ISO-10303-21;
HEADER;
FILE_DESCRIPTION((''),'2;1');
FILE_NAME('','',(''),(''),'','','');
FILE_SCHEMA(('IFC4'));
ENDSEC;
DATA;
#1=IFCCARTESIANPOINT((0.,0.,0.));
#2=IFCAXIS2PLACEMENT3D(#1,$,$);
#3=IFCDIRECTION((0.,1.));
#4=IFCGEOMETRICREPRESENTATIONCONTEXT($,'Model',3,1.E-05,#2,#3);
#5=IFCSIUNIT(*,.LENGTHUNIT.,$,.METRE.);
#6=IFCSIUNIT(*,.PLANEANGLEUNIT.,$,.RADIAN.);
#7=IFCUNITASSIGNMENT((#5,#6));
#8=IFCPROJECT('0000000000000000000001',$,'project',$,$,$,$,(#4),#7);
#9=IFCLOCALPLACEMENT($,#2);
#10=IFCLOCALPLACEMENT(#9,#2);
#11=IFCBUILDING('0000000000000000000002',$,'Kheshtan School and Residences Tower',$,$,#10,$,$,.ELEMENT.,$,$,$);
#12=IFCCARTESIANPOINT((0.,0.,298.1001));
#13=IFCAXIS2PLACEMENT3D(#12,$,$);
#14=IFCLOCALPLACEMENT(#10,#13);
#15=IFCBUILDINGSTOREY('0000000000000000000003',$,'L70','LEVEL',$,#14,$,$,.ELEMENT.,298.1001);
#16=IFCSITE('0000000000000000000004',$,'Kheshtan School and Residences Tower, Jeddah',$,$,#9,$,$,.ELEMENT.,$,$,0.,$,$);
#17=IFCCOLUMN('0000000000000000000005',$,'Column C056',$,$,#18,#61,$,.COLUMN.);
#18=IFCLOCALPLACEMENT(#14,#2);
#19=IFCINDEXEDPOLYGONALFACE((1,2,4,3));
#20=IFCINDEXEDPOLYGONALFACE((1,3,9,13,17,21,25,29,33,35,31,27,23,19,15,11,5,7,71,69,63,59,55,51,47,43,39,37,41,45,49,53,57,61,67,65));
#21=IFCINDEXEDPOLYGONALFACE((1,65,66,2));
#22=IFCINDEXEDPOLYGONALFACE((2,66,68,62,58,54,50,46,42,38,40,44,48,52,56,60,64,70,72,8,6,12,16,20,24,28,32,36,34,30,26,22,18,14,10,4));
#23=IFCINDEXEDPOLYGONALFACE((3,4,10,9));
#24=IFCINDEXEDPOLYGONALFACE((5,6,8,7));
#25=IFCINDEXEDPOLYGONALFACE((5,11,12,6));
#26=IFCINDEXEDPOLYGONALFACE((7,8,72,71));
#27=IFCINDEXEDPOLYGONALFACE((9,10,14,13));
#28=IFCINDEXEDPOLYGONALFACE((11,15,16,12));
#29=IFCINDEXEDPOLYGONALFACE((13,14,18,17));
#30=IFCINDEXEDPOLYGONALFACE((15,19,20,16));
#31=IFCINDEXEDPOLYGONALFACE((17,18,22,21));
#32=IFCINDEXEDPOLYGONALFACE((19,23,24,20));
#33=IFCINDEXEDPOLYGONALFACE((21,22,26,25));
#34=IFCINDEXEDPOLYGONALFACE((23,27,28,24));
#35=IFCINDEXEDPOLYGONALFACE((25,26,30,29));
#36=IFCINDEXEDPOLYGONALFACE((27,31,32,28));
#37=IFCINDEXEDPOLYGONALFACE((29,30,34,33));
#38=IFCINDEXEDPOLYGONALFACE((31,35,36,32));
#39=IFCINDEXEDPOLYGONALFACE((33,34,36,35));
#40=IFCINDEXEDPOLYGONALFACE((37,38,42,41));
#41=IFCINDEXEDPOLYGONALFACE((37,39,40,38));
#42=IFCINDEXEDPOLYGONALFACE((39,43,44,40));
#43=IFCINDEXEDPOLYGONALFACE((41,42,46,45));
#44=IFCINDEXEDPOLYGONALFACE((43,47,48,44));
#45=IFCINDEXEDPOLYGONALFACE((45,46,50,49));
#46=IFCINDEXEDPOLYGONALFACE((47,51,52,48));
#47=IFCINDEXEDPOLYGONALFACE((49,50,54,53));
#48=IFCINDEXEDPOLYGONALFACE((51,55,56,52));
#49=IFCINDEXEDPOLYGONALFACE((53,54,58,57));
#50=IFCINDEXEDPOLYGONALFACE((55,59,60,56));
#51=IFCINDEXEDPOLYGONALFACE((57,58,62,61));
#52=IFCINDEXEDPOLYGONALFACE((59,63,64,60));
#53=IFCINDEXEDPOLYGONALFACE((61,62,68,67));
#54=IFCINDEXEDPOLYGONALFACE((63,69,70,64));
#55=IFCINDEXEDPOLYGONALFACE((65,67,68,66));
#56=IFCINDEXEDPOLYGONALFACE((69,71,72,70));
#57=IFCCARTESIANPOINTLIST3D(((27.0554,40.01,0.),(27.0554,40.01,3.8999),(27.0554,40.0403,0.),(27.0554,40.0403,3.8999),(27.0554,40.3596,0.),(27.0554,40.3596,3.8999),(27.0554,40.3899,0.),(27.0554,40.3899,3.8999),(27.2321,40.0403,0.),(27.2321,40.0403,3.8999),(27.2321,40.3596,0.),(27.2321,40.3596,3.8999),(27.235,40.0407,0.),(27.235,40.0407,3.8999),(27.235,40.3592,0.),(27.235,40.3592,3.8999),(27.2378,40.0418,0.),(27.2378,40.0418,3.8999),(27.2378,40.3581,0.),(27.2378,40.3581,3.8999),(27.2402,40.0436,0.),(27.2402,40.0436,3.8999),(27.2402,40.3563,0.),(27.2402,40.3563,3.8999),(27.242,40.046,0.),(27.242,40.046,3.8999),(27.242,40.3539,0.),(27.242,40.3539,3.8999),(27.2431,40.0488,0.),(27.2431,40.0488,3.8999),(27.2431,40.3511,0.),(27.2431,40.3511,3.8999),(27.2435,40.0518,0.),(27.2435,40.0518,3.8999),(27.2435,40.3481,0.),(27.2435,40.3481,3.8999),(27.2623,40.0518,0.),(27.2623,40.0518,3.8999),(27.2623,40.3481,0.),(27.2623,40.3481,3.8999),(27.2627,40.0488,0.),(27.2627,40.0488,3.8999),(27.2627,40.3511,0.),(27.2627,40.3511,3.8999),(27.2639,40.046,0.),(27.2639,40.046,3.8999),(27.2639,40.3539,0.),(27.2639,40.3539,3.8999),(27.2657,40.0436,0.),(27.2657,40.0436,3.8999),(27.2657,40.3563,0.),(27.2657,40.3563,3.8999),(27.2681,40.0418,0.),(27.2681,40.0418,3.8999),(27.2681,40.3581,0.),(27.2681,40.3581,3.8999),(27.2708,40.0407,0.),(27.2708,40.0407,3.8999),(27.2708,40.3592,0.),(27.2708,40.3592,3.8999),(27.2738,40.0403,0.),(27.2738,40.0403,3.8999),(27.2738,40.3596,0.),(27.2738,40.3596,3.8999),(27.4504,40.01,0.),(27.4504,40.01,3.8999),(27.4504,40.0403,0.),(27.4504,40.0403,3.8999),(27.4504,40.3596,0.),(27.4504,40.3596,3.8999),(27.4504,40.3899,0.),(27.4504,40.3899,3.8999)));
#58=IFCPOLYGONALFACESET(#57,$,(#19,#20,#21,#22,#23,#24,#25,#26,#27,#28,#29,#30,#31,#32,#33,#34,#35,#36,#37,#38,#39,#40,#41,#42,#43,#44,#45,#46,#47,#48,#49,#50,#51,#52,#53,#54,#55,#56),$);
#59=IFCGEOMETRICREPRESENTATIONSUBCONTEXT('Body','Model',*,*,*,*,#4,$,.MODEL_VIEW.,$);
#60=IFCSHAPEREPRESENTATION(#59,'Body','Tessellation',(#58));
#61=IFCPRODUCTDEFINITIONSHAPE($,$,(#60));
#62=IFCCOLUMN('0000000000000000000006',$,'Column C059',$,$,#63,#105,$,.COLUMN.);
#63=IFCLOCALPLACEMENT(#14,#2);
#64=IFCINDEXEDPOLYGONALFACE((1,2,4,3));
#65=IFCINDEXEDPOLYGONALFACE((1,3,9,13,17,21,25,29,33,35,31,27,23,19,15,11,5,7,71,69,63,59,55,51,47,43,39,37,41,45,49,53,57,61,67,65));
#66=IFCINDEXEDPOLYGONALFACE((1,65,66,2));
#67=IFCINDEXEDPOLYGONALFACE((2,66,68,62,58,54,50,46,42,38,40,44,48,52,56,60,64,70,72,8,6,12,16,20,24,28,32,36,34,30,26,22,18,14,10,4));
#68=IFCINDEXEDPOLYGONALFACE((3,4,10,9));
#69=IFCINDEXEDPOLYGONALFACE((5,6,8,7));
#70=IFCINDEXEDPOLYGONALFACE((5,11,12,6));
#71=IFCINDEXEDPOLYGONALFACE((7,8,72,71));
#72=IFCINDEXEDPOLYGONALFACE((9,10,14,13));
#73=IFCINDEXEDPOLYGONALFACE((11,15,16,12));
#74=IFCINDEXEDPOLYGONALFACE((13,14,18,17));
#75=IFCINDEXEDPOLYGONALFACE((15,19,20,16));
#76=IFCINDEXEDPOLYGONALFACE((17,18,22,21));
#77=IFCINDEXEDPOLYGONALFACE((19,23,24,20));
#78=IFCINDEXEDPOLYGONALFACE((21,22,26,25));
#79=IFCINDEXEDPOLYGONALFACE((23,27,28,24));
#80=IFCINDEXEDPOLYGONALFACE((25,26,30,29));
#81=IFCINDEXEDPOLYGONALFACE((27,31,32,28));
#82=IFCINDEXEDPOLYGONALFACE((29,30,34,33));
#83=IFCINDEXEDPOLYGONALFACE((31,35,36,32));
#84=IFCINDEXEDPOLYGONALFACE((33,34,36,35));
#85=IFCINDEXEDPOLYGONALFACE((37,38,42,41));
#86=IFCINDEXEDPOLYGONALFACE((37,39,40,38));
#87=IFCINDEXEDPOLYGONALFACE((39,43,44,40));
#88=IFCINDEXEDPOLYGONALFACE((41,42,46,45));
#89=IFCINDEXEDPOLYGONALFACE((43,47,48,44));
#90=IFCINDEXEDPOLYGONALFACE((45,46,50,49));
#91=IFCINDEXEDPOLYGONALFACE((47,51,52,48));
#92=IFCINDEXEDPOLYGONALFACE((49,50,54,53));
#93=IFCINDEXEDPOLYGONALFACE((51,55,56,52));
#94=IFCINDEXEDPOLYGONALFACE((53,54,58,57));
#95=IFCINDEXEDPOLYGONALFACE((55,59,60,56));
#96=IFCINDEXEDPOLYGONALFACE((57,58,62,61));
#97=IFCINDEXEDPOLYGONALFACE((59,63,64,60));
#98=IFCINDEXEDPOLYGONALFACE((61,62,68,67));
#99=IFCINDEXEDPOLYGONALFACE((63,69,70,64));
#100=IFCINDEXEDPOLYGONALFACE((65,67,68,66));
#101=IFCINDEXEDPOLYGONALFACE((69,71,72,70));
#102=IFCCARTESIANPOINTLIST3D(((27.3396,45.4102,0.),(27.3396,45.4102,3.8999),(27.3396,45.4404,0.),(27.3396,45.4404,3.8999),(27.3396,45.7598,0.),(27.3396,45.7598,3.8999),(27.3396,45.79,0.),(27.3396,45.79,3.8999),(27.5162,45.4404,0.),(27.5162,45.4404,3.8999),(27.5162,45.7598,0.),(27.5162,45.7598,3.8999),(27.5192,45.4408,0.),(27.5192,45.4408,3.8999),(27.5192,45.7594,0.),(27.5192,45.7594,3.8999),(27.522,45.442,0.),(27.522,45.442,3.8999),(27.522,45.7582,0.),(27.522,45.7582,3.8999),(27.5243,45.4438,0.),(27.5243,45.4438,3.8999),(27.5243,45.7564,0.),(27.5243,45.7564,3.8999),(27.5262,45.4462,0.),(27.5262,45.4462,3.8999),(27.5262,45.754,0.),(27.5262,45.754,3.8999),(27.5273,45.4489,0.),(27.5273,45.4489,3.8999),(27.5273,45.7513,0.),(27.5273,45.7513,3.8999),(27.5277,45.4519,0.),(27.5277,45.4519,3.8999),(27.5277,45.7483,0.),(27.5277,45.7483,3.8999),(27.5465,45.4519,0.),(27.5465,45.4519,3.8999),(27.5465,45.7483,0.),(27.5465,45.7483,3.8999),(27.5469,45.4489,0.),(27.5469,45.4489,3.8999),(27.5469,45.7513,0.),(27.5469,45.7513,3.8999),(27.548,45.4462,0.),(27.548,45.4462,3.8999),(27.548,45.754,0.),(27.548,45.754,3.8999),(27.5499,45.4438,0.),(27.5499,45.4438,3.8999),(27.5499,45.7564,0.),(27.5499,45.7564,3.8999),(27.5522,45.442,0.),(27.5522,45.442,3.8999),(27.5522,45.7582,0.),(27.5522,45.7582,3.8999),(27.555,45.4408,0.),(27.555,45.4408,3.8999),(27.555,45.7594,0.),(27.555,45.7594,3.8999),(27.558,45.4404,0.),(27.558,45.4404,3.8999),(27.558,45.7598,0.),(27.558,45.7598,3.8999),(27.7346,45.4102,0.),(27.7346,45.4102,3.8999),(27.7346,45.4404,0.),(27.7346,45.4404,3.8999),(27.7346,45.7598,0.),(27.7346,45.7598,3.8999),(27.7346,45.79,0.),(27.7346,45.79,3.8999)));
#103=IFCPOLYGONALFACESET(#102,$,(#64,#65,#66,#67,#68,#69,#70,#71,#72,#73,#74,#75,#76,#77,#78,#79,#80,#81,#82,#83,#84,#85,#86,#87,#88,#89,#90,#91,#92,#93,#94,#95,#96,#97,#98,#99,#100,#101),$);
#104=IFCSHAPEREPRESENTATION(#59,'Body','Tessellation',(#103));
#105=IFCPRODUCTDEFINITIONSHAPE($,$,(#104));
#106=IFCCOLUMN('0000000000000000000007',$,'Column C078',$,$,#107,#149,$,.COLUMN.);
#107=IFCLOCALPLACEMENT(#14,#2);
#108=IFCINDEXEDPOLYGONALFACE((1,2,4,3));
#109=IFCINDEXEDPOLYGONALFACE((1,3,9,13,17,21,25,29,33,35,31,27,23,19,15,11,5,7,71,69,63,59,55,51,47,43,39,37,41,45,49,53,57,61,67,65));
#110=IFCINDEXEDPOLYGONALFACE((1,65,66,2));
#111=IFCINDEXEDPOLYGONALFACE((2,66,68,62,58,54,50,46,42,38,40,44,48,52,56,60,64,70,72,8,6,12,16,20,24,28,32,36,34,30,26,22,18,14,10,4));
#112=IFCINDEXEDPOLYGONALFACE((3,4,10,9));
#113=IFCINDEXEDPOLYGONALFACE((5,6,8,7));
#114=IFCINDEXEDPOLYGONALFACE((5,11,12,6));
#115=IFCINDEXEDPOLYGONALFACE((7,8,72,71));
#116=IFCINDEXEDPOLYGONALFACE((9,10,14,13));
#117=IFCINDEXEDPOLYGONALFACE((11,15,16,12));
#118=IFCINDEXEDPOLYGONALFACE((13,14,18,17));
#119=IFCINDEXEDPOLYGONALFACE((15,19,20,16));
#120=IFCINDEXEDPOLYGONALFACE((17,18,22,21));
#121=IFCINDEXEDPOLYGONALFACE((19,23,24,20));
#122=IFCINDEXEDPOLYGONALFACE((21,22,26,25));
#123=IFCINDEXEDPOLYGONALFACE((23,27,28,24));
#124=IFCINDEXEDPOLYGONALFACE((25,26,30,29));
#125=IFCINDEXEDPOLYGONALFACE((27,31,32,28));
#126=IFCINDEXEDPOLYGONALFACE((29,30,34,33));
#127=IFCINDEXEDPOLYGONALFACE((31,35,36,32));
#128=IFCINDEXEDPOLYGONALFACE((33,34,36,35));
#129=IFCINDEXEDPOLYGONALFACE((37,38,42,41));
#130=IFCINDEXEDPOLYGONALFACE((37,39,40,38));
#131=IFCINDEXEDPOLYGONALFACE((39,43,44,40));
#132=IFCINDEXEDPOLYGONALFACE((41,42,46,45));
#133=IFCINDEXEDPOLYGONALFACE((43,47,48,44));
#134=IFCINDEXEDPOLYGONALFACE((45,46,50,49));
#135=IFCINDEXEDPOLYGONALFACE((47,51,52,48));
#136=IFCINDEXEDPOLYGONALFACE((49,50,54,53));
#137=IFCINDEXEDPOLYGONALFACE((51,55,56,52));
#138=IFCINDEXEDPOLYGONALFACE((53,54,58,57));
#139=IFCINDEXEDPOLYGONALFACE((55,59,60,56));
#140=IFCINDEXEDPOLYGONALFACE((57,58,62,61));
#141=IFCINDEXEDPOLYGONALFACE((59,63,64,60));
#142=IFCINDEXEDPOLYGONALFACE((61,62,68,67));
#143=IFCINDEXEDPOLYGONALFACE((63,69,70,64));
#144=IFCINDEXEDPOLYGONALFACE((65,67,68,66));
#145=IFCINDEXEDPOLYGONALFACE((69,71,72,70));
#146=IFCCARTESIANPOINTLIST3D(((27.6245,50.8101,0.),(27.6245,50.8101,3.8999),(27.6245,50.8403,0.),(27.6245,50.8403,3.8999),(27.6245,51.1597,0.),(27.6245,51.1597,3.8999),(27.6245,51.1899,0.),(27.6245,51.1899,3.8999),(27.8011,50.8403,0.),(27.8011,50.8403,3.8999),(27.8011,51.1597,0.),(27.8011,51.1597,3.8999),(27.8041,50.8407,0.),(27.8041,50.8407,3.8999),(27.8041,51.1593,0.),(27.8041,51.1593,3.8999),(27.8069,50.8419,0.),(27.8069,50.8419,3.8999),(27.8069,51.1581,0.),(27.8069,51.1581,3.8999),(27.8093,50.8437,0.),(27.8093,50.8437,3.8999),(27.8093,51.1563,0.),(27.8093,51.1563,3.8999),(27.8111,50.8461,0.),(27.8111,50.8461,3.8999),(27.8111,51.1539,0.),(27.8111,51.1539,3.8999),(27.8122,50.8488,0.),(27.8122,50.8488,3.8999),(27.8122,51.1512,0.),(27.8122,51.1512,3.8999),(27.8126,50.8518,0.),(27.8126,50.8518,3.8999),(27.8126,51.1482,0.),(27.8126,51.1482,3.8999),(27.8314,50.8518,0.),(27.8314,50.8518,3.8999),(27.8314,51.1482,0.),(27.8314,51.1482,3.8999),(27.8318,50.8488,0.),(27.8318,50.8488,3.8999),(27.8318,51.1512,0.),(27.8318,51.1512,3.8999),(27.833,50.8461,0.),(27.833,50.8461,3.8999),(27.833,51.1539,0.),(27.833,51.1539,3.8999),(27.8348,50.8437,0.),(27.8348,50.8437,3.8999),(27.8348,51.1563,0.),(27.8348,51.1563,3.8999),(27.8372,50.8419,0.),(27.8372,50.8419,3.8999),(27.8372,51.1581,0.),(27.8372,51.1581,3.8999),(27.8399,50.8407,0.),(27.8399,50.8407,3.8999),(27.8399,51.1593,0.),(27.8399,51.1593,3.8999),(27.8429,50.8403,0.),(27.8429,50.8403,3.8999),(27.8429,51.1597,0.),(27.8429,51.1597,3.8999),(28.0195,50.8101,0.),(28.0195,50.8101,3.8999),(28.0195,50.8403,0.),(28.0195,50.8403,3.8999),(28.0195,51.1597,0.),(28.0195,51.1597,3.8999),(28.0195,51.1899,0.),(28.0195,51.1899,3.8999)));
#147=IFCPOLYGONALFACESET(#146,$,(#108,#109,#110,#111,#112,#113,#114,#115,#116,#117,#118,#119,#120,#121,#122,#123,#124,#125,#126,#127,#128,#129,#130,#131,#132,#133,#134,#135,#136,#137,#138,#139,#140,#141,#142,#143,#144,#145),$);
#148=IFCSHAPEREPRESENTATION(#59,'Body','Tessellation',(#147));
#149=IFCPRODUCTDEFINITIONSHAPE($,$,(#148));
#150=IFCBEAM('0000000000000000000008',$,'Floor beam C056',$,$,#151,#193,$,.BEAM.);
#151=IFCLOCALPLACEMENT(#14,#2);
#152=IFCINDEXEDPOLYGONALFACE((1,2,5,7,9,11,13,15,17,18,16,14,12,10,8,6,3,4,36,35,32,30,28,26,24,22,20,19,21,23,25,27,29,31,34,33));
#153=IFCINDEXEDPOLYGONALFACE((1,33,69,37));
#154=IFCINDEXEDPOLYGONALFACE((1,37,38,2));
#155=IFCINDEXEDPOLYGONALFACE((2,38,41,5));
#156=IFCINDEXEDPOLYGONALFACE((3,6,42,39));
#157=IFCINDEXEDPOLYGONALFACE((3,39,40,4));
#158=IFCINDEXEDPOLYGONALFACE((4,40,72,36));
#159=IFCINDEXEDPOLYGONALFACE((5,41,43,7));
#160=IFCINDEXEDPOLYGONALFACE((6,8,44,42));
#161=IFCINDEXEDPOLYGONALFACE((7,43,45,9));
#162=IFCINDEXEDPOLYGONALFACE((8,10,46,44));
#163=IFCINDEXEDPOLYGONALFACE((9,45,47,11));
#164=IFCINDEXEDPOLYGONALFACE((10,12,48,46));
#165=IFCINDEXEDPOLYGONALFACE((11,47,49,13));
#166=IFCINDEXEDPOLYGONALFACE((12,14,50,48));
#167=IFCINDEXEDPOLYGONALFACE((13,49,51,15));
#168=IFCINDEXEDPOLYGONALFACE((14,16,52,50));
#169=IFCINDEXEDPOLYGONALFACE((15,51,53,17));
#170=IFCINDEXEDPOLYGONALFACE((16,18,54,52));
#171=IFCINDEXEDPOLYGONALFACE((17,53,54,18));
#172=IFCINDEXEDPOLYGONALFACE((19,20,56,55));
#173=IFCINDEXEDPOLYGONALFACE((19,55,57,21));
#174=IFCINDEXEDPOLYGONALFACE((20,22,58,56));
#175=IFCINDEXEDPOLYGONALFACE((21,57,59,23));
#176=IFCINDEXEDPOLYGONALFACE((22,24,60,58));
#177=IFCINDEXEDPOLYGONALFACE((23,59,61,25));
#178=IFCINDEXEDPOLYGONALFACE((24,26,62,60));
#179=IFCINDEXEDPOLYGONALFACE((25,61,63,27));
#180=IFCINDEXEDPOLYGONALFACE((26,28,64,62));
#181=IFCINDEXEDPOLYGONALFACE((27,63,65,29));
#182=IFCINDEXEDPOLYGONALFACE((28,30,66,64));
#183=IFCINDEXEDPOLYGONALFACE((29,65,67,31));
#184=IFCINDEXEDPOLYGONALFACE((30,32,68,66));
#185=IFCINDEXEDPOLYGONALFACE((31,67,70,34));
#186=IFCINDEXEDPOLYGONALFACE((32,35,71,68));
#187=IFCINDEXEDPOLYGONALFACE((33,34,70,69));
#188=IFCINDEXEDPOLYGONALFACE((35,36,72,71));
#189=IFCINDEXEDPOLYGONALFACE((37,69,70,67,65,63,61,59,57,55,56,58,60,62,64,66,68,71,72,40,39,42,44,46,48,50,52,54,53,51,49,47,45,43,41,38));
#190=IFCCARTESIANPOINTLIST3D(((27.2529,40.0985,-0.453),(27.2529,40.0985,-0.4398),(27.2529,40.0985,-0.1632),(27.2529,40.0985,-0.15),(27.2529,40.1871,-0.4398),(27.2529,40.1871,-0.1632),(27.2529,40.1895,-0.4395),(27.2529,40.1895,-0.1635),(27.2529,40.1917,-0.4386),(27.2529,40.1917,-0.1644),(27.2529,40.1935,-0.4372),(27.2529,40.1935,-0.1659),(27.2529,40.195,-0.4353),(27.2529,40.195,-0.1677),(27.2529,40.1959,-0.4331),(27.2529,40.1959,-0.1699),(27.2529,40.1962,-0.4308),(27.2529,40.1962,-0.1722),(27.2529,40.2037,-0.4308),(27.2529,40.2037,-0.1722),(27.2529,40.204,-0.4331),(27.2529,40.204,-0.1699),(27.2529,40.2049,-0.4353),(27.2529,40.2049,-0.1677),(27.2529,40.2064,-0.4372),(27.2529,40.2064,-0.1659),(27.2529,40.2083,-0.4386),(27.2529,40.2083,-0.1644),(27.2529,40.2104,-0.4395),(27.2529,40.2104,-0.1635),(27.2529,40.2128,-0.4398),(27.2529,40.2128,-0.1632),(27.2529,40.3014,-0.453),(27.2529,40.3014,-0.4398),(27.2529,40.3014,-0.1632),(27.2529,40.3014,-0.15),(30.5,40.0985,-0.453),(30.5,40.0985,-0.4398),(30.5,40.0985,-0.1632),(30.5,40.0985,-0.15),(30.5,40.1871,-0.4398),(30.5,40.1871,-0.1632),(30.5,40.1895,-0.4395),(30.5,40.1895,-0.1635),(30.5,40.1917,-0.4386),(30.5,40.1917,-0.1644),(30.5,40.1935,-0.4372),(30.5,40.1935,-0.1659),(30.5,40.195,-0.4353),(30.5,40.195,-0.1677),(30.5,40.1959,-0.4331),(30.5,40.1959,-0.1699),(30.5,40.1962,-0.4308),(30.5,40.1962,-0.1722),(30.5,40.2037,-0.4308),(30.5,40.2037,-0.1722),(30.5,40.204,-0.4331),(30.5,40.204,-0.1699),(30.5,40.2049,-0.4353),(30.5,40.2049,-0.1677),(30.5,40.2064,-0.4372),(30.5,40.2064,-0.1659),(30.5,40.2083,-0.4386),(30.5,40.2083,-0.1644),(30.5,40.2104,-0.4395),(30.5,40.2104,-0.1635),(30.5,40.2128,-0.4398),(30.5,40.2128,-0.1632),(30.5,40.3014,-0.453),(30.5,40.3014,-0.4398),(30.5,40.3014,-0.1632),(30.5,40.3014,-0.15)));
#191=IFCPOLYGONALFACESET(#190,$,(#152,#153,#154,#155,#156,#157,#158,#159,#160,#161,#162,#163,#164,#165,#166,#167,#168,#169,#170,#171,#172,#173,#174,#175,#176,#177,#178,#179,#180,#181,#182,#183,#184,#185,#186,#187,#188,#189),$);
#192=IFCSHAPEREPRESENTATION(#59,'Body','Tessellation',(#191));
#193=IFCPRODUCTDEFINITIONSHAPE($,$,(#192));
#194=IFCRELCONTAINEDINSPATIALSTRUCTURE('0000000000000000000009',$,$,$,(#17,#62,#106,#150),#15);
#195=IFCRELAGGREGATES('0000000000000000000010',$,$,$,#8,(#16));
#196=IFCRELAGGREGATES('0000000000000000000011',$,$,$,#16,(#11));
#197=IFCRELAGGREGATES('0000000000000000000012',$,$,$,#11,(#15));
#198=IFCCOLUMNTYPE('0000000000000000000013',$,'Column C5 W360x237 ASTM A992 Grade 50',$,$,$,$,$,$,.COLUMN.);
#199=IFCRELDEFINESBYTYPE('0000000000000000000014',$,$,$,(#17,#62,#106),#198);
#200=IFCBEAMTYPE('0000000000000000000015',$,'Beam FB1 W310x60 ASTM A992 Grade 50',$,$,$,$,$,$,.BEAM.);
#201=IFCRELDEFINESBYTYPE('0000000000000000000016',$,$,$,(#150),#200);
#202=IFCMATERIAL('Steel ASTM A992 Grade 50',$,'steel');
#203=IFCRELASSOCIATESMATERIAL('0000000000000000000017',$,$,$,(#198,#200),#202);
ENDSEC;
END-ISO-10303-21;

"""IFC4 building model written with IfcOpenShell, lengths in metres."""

from ifc_helpers import new_model, si_unit, direction, frame, origin, origin_2d, place, context, subcontext, project, spatial, i_section, extrude, material, material_profile, profile_set, type_object, element, save


model = new_model("IFC4")

# Units and contexts
model_context = context("Model", 3, precision=1e-05, world=origin(), true_north=direction((0.0, 1.0)))
body_context = subcontext(model_context, "Body", "Model", "MODEL_VIEW")
ifc_project = project(units=[si_unit("LENGTHUNIT", "METRE"), si_unit("PLANEANGLEUNIT", "RADIAN")], contexts=[model_context])

# Site, building, storey
site_placement = place(None, origin())
site = spatial("IfcSite", under=ifc_project, at=site_placement, Name="Kheshtan School and Residences Tower, Jeddah", CompositionType="ELEMENT", RefElevation=0.0)
building_placement = place(site_placement, origin())
building = spatial("IfcBuilding", under=site, at=building_placement, Name="Kheshtan School and Residences Tower", CompositionType="ELEMENT")
storey_placement = place(building_placement, frame((0.0, 0.0, 298.1001)))
storey = spatial("IfcBuildingStorey", under=building, at=storey_placement, Name="L70", Description="LEVEL", CompositionType="ELEMENT", Elevation=298.1001)

# Columns
ifc_material_1 = material(Name="Steel ASTM A992 Grade 50", Category="steel")
ifc_material_profile_1 = material_profile(ifc_material_1, i_section(OverallWidth=0.395, OverallDepth=0.3799, WebThickness=0.0188, FlangeThickness=0.0303, FilletRadius=0.0115, at=origin_2d()), Name="W360x237")
ifc_profile_set_1 = profile_set([ifc_material_profile_1], Name="Steel ASTM A992 Grade 50")
column_type = type_object("IfcColumnType", Name="Column C5 W360x237 ASTM A992 Grade 50", PredefinedType="COLUMN", material=ifc_profile_set_1)
for number, where, z_axis, x_axis, name in (
    (1, (27.2529, 40.2, 0.0), (0.0, 0.0, 1.0), (1.0, 0.0, 0.0), "Column C056"),
    (2, (27.5371, 45.6001, 0.0), (0.0, 0.0, 1.0), (1.0, 0.0, 0.0), "Column C059"),
    (3, (27.822, 51.0, 0.0), (0.0, 0.0, 1.0), (1.0, 0.0, 0.0), "Column C078"),
):
    element("IfcColumn", number, at=place(storey_placement, frame(where, z_axis=z_axis, x_axis=x_axis)), inside=storey, type_object=column_type, Name=name, PredefinedType="COLUMN", context=body_context, shape_type="SweptSolid", body=[
        extrude(i_section(OverallWidth=0.395, OverallDepth=0.3799, WebThickness=0.0188, FlangeThickness=0.0303, FilletRadius=0.0115, at=origin_2d()), origin(), (0.0, 0.0, 1.0), 3.8999),
    ])

# Beam
ifc_material_profile_2 = material_profile(ifc_material_1, i_section(OverallWidth=0.2029, OverallDepth=0.303, WebThickness=0.0076, FlangeThickness=0.0132, FilletRadius=0.009, at=origin_2d()), Name="W310x60")
ifc_profile_set_2 = profile_set([ifc_material_profile_2], Name="Steel ASTM A992 Grade 50")
beam_type_1 = type_object("IfcBeamType", Name="Beam FB1 W310x60 ASTM A992 Grade 50", PredefinedType="BEAM", material=ifc_profile_set_2)
beam_1_placement = place(storey_placement, frame((27.2529, 40.2, -0.3015), z_axis=(1.0, 0.0, 0.0), x_axis=(0.0, 1.0, 0.0)))
element("IfcBeam", 4, at=beam_1_placement, inside=storey, type_object=beam_type_1, Name="Floor beam C056", PredefinedType="BEAM", context=body_context, shape_type="SweptSolid", body=[
    extrude(i_section(OverallWidth=0.2029, OverallDepth=0.303, WebThickness=0.0076, FlangeThickness=0.0132, FilletRadius=0.009, at=origin_2d()), origin(), (0.0, 0.0, 1.0), 3.2471),
])

save(model, "model.ifc")
